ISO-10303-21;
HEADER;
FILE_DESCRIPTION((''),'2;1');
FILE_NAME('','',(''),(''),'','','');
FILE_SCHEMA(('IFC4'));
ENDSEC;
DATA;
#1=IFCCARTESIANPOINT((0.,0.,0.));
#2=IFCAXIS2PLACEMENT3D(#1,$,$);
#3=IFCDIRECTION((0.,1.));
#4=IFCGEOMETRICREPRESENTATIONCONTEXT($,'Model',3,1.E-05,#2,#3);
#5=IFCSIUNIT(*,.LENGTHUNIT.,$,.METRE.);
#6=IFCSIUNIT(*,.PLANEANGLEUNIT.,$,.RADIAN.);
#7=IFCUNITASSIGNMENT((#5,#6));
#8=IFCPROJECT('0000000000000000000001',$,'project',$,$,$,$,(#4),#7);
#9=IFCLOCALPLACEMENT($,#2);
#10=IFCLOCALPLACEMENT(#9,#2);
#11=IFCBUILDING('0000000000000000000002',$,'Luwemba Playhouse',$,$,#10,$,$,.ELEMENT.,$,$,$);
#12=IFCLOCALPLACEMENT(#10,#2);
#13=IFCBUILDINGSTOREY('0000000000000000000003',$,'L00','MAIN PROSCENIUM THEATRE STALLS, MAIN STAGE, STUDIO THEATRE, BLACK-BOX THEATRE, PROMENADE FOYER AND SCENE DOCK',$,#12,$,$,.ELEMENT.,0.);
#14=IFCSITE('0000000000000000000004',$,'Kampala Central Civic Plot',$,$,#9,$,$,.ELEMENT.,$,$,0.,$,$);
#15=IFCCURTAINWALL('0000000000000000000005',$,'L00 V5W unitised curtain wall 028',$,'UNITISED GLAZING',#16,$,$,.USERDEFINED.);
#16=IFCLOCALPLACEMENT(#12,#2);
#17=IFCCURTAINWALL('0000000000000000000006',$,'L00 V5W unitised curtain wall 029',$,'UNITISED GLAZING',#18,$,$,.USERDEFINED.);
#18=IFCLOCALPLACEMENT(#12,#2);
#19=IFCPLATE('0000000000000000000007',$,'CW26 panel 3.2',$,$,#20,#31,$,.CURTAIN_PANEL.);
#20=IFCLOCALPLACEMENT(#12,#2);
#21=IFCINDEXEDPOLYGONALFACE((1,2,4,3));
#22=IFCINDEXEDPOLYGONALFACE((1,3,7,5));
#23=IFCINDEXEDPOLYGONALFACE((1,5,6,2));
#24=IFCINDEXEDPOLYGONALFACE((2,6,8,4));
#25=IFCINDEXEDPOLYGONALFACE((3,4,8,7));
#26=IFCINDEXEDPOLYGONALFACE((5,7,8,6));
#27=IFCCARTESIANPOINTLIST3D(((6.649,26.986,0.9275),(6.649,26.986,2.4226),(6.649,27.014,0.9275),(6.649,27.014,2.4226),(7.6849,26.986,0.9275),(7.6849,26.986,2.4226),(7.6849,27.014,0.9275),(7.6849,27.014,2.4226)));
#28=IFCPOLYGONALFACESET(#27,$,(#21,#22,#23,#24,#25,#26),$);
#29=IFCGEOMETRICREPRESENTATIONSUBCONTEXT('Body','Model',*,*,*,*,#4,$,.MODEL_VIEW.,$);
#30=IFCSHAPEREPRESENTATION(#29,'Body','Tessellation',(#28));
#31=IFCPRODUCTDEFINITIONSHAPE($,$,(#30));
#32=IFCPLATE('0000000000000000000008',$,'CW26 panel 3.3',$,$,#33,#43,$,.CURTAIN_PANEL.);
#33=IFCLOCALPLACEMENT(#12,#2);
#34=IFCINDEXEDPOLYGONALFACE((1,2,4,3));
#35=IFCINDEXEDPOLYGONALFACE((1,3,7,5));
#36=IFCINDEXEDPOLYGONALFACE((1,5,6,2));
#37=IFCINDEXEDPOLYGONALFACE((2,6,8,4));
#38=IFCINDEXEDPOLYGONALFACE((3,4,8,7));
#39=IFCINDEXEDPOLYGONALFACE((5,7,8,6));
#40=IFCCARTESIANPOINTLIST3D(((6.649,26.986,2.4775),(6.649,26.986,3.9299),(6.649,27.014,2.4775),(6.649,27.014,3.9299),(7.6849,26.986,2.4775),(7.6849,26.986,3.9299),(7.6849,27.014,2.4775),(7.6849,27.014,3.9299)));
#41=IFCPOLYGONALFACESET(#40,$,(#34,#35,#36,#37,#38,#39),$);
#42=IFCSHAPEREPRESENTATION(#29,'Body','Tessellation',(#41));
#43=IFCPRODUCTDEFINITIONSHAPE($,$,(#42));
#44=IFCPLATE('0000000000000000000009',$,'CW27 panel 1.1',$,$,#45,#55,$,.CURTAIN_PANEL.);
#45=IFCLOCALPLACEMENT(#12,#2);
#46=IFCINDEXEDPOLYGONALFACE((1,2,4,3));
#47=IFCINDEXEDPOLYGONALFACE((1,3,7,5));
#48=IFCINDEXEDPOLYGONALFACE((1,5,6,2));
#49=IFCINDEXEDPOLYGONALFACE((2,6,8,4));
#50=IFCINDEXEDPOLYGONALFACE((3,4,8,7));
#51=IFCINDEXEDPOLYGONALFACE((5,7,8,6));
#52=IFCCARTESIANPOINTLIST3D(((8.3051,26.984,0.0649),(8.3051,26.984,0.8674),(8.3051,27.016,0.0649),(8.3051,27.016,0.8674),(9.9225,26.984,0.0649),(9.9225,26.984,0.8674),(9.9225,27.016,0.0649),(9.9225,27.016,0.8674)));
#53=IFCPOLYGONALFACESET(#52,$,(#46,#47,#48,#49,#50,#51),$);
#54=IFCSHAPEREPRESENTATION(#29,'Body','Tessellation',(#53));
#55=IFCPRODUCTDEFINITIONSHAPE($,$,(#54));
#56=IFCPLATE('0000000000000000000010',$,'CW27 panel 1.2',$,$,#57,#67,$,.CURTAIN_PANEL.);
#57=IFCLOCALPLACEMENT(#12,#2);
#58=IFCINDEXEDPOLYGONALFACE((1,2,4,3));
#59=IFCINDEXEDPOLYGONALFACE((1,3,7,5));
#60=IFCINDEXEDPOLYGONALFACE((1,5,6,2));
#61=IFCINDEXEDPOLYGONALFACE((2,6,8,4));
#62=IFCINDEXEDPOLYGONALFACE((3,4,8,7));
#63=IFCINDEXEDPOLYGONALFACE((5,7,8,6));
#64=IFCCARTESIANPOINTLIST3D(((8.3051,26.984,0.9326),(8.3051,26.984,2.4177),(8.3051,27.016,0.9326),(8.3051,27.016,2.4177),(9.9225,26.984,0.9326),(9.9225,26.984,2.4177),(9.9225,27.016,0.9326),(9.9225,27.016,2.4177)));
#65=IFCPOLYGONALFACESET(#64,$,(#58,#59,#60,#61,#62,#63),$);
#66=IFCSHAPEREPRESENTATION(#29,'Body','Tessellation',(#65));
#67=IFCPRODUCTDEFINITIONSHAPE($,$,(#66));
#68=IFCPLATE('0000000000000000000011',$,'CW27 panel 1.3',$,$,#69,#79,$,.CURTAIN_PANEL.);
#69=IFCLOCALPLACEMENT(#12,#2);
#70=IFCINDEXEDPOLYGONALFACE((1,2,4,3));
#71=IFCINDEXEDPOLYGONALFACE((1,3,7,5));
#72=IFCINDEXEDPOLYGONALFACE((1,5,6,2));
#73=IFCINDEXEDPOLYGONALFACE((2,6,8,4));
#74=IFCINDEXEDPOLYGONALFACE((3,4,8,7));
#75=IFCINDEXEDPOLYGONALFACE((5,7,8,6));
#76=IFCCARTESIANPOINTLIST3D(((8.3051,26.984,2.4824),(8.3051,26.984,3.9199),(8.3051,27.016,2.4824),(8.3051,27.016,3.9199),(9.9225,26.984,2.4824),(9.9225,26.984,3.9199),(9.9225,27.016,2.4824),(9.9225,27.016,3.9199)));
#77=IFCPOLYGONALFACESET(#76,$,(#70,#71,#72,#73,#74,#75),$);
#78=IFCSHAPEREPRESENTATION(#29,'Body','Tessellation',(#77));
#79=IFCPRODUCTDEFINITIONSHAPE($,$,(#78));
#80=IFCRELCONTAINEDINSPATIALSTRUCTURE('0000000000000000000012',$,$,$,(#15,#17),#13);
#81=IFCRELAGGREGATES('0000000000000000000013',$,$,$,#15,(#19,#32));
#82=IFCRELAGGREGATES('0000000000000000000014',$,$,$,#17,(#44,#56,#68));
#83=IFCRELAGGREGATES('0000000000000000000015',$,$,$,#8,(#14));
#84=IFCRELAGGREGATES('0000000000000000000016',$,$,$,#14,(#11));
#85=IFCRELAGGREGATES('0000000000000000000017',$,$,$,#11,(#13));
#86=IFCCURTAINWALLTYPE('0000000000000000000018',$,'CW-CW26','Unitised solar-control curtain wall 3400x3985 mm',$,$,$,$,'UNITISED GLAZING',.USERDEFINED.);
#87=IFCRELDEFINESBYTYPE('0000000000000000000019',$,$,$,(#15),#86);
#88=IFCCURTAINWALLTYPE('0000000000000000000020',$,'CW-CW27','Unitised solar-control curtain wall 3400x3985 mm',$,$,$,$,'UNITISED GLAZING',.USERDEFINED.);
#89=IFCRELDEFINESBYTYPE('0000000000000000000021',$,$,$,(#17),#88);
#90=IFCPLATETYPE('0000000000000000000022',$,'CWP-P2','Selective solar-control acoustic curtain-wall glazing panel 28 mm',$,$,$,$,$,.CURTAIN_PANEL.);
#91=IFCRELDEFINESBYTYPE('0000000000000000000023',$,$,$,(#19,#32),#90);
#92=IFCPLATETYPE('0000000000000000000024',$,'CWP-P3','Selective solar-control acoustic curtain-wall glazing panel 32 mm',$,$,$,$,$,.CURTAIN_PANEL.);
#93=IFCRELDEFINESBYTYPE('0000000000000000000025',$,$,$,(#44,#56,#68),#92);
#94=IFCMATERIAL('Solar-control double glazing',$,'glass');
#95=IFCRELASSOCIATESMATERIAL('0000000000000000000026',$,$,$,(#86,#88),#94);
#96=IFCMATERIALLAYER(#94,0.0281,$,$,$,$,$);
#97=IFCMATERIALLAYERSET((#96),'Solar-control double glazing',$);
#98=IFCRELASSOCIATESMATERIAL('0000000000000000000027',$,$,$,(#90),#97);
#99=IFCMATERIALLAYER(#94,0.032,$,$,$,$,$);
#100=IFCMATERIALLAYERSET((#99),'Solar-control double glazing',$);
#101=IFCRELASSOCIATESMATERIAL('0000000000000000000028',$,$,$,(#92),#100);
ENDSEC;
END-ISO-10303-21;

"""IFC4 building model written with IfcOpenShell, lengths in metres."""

from ifc_helpers import new_model, si_unit, direction, frame, origin, origin_2d, place, context, subcontext, project, spatial, rectangle, extrude, material, layer, layer_set, type_object, element, aggregate, save


model = new_model("IFC4")

# Units and contexts
model_context = context("Model", 3, precision=1e-05, world=origin(), true_north=direction((0.0, 1.0)))
body_context = subcontext(model_context, "Body", "Model", "MODEL_VIEW")
ifc_project = project(units=[si_unit("LENGTHUNIT", "METRE"), si_unit("PLANEANGLEUNIT", "RADIAN")], contexts=[model_context])

# Site, building, storey
site_placement = place(None, origin())
site = spatial("IfcSite", under=ifc_project, at=site_placement, Name="Kampala Central Civic Plot", CompositionType="ELEMENT", RefElevation=0.0)
building_placement = place(site_placement, origin())
building = spatial("IfcBuilding", under=site, at=building_placement, Name="Luwemba Playhouse", CompositionType="ELEMENT")
storey_placement = place(building_placement, origin())
storey = spatial("IfcBuildingStorey", under=building, at=storey_placement, Name="L00", Description="MAIN PROSCENIUM THEATRE STALLS, MAIN STAGE, STUDIO THEATRE, BLACK-BOX THEATRE, PROMENADE FOYER AND SCENE DOCK", CompositionType="ELEMENT", Elevation=0.0)

# Curtain walls
ifc_material_1 = material(Name="Solar-control double glazing", Category="glass")
curtain_wall_type_1 = type_object("IfcCurtainWallType", Name="CW-CW26", Description="Unitised solar-control curtain wall 3400x3985 mm", ElementType="UNITISED GLAZING", PredefinedType="USERDEFINED", material=ifc_material_1)
curtain_wall_1_placement = place(storey_placement, origin())
curtain_wall_1 = element("IfcCurtainWall", 1, at=curtain_wall_1_placement, inside=storey, type_object=curtain_wall_type_1, Name="L00 V5W unitised curtain wall 028", ObjectType="UNITISED GLAZING", PredefinedType="USERDEFINED")
curtain_wall_type_2 = type_object("IfcCurtainWallType", Name="CW-CW27", Description="Unitised solar-control curtain wall 3400x3985 mm", ElementType="UNITISED GLAZING", PredefinedType="USERDEFINED", material=ifc_material_1)
curtain_wall_2_placement = place(storey_placement, origin())
curtain_wall_2 = element("IfcCurtainWall", 2, at=curtain_wall_2_placement, inside=storey, type_object=curtain_wall_type_2, Name="L00 V5W unitised curtain wall 029", ObjectType="UNITISED GLAZING", PredefinedType="USERDEFINED")

# Plates
ifc_layer_1 = layer(ifc_material_1, 0.0281)
ifc_layer_set_1 = layer_set([ifc_layer_1], Name="Solar-control double glazing")
plate_type_1 = type_object("IfcPlateType", Name="CWP-P2", Description="Selective solar-control acoustic curtain-wall glazing panel 28 mm", PredefinedType="CURTAIN_PANEL", material=ifc_layer_set_1)
plate_1_placement = place(storey_placement, frame((7.167, 27.0, 0.9275), z_axis=(0.0, 0.0, 1.0), x_axis=(1.0, 0.0, 0.0)))
plate_1 = element("IfcPlate", 3, at=plate_1_placement, type_object=plate_type_1, Name="CW26 panel 3.2", PredefinedType="CURTAIN_PANEL", context=body_context, shape_type="SweptSolid", body=[
    extrude(rectangle(XDim=1.0359, YDim=0.0281, at=origin_2d()), origin(), (0.0, 0.0, 1.0), 1.4951),
])
plate_2_placement = place(storey_placement, frame((7.167, 27.0, 2.4775), z_axis=(0.0, 0.0, 1.0), x_axis=(1.0, 0.0, 0.0)))
plate_2 = element("IfcPlate", 4, at=plate_2_placement, type_object=plate_type_1, Name="CW26 panel 3.3", PredefinedType="CURTAIN_PANEL", context=body_context, shape_type="SweptSolid", body=[
    extrude(rectangle(XDim=1.0359, YDim=0.0281, at=origin_2d()), origin(), (0.0, 0.0, 1.0), 1.4524),
])
aggregate(curtain_wall_1, [plate_1, plate_2])
ifc_layer_2 = layer(ifc_material_1, 0.032)
ifc_layer_set_2 = layer_set([ifc_layer_2], Name="Solar-control double glazing")
plate_type_2 = type_object("IfcPlateType", Name="CWP-P3", Description="Selective solar-control acoustic curtain-wall glazing panel 32 mm", PredefinedType="CURTAIN_PANEL", material=ifc_layer_set_2)
plate_3_placement = place(storey_placement, frame((9.1138, 27.0, 0.0649), z_axis=(0.0, 0.0, 1.0), x_axis=(1.0, 0.0, 0.0)))
plate_3 = element("IfcPlate", 5, at=plate_3_placement, type_object=plate_type_2, Name="CW27 panel 1.1", PredefinedType="CURTAIN_PANEL", context=body_context, shape_type="SweptSolid", body=[
    extrude(rectangle(XDim=1.6174, YDim=0.032, at=origin_2d()), origin(), (0.0, 0.0, 1.0), 0.8025),
])
plate_4_placement = place(storey_placement, frame((9.1138, 27.0, 0.9326), z_axis=(0.0, 0.0, 1.0), x_axis=(1.0, 0.0, 0.0)))
plate_4 = element("IfcPlate", 6, at=plate_4_placement, type_object=plate_type_2, Name="CW27 panel 1.2", PredefinedType="CURTAIN_PANEL", context=body_context, shape_type="SweptSolid", body=[
    extrude(rectangle(XDim=1.6174, YDim=0.032, at=origin_2d()), origin(), (0.0, 0.0, 1.0), 1.4851),
])
plate_5_placement = place(storey_placement, frame((9.1138, 27.0, 2.4824), z_axis=(0.0, 0.0, 1.0), x_axis=(1.0, 0.0, 0.0)))
plate_5 = element("IfcPlate", 7, at=plate_5_placement, type_object=plate_type_2, Name="CW27 panel 1.3", PredefinedType="CURTAIN_PANEL", context=body_context, shape_type="SweptSolid", body=[
    extrude(rectangle(XDim=1.6174, YDim=0.032, at=origin_2d()), origin(), (0.0, 0.0, 1.0), 1.4375),
])
aggregate(curtain_wall_2, [plate_3, plate_4, plate_5])

save(model, "model.ifc")
